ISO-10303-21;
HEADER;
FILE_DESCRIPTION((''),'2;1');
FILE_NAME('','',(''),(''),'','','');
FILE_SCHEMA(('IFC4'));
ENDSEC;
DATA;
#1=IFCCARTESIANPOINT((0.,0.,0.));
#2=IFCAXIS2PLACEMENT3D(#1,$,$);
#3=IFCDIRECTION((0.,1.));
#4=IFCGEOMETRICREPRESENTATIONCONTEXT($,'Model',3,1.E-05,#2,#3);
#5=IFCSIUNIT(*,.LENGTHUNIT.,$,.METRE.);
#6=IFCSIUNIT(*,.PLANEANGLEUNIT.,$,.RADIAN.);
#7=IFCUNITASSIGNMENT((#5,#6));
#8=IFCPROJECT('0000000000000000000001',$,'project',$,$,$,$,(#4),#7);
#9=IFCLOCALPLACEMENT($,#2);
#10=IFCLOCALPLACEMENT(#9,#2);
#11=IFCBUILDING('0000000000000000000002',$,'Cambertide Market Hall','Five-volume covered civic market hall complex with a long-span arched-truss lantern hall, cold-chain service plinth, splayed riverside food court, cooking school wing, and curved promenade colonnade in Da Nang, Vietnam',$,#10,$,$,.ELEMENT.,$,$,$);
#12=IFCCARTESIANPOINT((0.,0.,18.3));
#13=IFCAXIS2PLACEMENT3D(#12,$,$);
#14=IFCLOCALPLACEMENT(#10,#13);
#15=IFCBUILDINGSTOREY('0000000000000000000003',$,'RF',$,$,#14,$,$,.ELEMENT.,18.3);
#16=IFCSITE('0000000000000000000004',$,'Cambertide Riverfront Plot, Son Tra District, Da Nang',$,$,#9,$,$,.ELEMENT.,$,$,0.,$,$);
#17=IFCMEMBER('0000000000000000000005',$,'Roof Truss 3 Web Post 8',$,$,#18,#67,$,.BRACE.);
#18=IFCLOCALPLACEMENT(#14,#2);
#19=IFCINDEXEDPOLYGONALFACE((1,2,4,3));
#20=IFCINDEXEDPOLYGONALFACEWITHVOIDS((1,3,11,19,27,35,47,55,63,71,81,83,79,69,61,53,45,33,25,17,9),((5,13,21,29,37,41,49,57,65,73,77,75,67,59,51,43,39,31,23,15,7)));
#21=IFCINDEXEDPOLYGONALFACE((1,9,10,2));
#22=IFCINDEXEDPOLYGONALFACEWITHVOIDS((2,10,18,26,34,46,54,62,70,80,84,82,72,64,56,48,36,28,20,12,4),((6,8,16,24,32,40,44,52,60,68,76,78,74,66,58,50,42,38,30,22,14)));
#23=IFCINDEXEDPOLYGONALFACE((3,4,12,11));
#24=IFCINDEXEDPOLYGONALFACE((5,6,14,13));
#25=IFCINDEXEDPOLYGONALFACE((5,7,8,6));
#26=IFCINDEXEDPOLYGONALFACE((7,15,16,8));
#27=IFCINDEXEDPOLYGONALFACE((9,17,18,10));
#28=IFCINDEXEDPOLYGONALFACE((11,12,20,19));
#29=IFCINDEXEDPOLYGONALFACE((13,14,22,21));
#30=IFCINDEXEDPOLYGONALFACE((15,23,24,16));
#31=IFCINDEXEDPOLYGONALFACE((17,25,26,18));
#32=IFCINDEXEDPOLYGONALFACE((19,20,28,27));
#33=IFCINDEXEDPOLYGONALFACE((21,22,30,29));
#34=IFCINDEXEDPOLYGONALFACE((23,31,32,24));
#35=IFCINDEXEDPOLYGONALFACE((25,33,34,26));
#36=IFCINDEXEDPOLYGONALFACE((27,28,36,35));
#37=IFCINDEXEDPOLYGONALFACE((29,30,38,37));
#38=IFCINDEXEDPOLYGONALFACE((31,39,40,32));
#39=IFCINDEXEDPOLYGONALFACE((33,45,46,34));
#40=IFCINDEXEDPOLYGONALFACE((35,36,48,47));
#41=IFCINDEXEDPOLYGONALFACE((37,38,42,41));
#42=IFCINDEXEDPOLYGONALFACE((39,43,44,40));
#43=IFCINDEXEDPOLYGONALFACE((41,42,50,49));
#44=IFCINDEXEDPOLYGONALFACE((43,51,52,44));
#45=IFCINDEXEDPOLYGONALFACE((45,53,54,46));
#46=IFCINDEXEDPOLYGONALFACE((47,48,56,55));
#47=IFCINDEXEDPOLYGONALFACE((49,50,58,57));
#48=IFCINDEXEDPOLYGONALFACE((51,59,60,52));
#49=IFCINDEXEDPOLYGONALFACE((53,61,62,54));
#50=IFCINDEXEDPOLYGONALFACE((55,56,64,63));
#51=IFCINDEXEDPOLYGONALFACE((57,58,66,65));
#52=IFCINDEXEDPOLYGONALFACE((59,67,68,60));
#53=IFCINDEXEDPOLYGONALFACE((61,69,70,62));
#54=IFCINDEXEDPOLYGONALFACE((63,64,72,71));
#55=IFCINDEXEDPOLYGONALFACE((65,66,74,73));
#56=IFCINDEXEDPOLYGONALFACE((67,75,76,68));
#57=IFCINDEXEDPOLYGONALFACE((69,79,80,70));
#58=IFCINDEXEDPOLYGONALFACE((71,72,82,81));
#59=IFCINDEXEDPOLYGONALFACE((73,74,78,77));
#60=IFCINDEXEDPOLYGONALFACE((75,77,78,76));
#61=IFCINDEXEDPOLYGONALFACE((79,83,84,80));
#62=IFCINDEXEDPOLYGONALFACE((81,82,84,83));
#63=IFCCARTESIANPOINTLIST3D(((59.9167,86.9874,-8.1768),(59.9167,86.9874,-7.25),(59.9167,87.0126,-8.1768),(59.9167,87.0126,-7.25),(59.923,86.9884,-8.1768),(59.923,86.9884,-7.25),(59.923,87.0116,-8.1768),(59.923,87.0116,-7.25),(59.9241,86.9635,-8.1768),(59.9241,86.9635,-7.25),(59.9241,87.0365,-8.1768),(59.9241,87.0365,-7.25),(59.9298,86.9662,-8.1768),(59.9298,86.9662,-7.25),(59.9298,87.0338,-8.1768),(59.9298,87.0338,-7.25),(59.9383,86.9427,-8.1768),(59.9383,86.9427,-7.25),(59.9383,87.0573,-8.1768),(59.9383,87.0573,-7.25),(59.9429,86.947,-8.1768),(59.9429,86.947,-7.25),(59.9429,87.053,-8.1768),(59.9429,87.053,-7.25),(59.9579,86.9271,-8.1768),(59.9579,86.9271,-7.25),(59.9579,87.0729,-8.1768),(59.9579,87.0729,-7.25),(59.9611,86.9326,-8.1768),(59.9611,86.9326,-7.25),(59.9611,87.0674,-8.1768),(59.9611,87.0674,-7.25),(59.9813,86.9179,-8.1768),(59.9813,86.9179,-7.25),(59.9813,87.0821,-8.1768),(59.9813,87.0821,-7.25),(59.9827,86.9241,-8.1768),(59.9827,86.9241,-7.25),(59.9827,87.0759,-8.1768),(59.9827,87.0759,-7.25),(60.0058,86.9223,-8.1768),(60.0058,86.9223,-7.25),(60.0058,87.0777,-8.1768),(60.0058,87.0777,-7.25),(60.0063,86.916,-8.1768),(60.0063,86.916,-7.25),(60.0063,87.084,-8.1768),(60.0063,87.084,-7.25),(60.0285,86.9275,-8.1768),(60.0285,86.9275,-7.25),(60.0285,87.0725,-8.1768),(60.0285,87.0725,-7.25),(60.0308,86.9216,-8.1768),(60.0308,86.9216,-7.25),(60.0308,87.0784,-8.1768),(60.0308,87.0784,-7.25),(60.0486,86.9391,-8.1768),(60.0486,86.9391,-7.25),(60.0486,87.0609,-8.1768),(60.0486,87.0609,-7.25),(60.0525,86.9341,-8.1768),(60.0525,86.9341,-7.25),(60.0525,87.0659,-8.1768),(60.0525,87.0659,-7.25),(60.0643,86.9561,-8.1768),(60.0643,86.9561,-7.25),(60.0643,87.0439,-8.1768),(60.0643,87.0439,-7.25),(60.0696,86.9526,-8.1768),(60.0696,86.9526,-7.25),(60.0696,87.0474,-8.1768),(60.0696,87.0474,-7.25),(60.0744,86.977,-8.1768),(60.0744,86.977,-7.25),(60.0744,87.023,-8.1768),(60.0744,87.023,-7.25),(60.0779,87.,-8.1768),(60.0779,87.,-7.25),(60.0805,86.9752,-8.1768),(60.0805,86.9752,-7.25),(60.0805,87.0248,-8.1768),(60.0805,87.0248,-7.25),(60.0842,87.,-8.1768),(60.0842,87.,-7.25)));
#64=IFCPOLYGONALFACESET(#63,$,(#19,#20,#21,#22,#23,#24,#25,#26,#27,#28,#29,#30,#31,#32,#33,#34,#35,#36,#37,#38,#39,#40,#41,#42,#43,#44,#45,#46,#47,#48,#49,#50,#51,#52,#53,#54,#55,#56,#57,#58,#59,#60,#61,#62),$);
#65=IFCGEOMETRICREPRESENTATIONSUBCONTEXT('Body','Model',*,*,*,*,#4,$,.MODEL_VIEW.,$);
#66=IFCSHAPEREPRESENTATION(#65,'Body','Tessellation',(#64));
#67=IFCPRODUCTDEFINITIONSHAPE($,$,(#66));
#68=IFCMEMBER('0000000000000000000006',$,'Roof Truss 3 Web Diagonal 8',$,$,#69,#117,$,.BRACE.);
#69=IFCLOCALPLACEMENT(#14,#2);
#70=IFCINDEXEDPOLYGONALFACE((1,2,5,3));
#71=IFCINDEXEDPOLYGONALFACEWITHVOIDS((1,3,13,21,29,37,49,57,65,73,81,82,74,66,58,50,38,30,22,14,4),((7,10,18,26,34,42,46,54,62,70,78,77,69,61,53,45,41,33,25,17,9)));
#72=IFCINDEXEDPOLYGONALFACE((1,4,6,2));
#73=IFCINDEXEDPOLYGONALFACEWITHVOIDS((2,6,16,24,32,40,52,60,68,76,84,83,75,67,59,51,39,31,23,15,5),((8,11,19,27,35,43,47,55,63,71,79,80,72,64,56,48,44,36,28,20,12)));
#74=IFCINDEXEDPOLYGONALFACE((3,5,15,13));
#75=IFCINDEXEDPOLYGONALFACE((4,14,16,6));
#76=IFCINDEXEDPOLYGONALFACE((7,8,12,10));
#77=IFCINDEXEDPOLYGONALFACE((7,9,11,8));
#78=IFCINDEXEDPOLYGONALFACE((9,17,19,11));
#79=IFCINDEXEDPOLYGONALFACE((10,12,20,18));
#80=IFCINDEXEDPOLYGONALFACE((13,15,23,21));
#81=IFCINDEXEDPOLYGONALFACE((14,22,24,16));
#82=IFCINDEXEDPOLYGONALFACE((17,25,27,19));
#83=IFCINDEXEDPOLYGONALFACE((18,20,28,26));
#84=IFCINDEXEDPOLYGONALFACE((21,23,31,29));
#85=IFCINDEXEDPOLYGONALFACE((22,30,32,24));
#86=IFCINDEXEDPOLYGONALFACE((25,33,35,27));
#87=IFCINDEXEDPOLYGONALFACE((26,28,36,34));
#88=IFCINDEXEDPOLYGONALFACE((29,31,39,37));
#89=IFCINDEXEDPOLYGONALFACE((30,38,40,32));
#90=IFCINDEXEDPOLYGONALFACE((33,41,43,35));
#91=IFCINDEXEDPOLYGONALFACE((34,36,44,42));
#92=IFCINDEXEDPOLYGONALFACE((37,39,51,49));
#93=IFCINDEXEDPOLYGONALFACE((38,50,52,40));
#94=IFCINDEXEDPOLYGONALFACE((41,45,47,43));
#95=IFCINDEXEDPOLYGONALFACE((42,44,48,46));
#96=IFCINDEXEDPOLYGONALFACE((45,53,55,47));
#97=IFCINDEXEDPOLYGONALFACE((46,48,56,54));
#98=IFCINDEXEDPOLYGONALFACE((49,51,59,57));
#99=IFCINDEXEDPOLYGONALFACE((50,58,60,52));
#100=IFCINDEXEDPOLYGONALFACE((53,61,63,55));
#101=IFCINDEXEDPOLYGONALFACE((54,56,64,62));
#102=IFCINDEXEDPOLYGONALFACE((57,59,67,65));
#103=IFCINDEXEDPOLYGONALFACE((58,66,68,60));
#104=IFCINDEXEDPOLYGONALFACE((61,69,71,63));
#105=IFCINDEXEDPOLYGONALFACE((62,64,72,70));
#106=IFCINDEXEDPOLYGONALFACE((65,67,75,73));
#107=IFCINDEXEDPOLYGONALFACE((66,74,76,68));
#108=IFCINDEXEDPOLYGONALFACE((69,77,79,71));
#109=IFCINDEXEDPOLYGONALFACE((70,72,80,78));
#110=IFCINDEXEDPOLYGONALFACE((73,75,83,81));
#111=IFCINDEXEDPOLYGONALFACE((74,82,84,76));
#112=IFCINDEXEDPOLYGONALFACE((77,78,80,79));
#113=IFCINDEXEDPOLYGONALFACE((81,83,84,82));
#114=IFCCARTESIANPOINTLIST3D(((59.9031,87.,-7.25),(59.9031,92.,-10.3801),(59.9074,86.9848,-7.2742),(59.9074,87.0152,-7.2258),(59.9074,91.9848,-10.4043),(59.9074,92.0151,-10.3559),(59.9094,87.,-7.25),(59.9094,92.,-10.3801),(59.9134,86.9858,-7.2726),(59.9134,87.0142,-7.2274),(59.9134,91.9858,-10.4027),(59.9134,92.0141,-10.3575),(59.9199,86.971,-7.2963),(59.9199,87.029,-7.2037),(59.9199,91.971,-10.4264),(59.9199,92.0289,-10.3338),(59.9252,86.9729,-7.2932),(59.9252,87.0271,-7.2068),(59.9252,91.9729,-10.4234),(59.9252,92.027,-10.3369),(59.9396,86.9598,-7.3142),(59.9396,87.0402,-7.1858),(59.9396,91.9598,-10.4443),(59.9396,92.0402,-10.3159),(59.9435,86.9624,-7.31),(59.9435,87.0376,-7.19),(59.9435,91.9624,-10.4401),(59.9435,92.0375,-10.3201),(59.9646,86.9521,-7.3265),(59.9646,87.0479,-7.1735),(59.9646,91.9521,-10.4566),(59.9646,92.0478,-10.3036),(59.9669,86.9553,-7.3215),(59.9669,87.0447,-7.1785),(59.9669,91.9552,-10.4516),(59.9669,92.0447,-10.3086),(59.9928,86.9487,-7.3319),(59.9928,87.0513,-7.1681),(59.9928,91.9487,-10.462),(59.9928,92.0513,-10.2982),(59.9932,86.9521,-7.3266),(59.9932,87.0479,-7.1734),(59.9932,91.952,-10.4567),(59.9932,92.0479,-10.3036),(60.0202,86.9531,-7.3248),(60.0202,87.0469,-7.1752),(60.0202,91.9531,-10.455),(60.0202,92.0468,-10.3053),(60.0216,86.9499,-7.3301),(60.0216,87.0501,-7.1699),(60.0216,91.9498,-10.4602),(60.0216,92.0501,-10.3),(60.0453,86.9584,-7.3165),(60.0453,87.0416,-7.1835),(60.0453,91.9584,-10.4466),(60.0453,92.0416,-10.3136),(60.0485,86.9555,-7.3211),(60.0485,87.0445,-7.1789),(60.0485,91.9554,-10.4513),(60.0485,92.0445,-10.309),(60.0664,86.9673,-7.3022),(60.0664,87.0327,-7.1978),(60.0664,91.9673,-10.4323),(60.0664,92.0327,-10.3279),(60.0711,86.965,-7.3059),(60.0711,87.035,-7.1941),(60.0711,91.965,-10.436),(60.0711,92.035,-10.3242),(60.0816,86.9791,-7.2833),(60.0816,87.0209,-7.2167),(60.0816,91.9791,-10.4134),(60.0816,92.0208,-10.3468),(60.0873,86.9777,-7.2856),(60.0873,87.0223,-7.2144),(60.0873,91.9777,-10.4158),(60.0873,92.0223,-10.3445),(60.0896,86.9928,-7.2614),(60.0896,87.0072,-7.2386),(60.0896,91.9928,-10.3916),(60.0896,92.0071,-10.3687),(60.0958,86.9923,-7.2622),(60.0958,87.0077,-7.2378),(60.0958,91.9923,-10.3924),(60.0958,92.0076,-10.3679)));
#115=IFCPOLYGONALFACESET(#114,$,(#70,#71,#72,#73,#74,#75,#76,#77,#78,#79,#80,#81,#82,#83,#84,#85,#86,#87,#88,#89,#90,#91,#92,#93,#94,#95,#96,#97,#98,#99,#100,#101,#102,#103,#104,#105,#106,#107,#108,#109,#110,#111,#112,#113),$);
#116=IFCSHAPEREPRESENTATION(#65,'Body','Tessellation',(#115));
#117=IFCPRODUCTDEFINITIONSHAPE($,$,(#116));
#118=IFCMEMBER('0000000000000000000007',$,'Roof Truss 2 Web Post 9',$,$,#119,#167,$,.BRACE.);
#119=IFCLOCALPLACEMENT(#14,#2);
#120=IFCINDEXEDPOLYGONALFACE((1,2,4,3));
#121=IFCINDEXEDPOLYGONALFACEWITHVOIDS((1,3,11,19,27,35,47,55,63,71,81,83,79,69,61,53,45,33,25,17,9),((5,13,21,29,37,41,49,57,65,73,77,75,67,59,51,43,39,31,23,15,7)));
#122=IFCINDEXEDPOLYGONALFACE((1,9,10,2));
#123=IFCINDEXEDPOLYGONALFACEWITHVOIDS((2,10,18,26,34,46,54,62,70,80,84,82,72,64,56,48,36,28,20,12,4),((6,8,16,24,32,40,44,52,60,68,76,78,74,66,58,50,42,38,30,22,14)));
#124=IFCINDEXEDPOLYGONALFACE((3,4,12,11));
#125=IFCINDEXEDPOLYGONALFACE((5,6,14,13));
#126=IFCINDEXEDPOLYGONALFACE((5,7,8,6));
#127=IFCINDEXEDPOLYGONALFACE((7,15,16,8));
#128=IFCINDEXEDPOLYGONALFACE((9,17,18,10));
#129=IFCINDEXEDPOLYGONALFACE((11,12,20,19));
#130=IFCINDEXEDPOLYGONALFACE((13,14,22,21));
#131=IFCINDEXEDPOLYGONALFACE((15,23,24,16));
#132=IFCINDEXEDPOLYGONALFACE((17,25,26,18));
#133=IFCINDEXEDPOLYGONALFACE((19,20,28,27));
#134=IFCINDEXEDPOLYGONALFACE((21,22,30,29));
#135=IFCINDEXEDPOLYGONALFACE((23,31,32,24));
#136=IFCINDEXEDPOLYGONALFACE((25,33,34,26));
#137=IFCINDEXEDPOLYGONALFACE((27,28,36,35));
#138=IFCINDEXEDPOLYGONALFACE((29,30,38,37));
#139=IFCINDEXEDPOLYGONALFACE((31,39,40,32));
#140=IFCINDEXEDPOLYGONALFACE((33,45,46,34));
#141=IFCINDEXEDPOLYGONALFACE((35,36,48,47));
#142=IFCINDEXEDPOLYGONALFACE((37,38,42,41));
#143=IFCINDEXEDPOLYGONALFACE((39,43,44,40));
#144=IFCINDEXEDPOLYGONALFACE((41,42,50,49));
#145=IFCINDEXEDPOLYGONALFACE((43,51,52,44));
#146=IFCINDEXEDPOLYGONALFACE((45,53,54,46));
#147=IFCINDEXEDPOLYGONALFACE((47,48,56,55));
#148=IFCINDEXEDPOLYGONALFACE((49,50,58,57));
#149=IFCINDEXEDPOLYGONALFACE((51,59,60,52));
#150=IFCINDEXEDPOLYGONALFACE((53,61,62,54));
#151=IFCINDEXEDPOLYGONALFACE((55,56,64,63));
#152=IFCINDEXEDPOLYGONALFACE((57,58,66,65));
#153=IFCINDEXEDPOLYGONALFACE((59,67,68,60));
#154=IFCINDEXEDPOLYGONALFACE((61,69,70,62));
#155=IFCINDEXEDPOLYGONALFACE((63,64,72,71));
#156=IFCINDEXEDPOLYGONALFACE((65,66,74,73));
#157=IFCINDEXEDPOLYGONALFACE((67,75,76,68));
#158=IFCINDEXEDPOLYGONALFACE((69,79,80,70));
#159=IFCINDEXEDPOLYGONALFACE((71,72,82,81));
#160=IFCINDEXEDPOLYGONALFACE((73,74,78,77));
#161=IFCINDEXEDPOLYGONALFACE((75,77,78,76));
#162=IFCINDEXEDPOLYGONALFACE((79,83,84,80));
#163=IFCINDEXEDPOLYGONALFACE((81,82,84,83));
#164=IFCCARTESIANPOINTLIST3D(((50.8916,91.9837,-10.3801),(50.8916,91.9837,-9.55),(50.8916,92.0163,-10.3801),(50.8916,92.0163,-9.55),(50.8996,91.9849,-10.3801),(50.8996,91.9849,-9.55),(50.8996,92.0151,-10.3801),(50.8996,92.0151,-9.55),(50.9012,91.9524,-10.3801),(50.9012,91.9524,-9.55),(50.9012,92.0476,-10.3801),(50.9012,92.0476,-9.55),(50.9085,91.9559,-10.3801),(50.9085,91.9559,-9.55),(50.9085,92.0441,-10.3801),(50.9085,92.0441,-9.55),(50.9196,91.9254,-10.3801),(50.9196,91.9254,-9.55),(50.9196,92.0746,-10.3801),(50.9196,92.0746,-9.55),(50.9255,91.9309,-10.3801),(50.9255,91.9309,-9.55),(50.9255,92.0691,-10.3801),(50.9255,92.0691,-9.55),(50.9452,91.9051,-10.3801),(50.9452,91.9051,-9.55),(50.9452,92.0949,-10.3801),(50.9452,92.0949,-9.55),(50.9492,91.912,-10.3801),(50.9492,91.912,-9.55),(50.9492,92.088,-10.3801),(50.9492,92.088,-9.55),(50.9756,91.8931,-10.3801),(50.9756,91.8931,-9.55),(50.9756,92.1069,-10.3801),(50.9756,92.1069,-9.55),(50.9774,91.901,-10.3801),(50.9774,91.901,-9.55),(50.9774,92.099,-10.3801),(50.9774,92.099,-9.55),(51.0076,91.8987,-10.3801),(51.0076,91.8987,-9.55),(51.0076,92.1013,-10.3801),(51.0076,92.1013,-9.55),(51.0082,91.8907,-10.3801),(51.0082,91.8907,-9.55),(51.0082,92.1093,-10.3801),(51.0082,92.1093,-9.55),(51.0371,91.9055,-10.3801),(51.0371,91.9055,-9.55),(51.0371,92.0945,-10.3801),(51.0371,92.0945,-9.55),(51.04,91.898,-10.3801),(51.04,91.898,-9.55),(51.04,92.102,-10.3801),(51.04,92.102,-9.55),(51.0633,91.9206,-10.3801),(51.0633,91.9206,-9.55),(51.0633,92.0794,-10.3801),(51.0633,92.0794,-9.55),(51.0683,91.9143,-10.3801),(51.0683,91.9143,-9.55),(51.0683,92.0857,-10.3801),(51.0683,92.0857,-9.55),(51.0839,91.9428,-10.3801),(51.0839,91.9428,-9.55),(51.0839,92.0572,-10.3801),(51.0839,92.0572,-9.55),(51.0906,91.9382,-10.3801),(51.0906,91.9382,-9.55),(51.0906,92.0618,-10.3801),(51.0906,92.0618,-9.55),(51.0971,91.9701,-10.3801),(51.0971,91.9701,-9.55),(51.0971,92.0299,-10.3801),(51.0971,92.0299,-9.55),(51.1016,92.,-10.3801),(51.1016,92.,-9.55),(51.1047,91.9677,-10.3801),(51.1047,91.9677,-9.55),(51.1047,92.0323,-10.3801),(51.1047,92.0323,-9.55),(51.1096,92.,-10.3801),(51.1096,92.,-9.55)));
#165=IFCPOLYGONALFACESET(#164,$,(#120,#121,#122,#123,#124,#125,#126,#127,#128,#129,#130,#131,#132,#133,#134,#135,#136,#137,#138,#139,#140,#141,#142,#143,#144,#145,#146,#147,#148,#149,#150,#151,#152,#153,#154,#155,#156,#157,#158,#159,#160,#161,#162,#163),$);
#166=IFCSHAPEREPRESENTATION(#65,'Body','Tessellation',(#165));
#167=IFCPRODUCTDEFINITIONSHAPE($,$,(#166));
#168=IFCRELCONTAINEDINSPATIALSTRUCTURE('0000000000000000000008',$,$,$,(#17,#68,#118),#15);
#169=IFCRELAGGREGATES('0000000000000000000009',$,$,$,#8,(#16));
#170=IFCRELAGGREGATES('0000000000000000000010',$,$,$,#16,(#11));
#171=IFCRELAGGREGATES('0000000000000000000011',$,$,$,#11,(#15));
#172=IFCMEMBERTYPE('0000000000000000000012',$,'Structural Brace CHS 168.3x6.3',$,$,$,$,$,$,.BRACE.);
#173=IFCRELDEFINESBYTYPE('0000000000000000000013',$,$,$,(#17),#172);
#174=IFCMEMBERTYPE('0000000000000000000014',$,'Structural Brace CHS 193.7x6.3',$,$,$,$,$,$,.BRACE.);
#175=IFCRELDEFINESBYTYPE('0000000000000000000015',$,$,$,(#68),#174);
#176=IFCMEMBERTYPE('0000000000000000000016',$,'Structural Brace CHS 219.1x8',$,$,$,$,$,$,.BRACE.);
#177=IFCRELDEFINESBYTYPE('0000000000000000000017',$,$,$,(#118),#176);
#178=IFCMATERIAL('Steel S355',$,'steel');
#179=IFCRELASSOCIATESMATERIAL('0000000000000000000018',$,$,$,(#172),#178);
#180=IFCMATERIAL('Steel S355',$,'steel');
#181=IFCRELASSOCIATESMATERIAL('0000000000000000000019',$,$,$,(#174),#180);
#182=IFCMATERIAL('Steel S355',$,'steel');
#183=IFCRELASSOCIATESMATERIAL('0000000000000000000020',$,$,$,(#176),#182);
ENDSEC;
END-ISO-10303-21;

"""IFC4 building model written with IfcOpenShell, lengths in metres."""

from ifc_helpers import new_model, si_unit, direction, frame, origin, origin_2d, place, context, subcontext, project, spatial, hollow_circle, extrude, material, material_profile, profile_set, type_object, element, save


model = new_model("IFC4")

# Units and contexts
model_context = context("Model", 3, precision=1e-05, world=origin(), true_north=direction((0.0, 1.0)))
body_context = subcontext(model_context, "Body", "Model", "MODEL_VIEW")
ifc_project = project(units=[si_unit("LENGTHUNIT", "METRE"), si_unit("PLANEANGLEUNIT", "RADIAN")], contexts=[model_context])

# Site, building, storey
site_placement = place(None, origin())
site = spatial("IfcSite", under=ifc_project, at=site_placement, Name="Cambertide Riverfront Plot, Son Tra District, Da Nang", CompositionType="ELEMENT", RefElevation=0.0)
building_placement = place(site_placement, origin())
building = spatial("IfcBuilding", under=site, at=building_placement, Name="Cambertide Market Hall", Description="Five-volume covered civic market hall complex with a long-span arched-truss lantern hall, cold-chain service plinth, splayed riverside food court, cooking school wing, and curved promenade colonnade in Da Nang, Vietnam", CompositionType="ELEMENT")
storey_placement = place(building_placement, frame((0.0, 0.0, 18.3)))
storey = spatial("IfcBuildingStorey", under=building, at=storey_placement, Name="RF", CompositionType="ELEMENT", Elevation=18.3)

# Members
ifc_material_1 = material(Name="Steel S355", Category="steel")
ifc_material_profile_1 = material_profile(ifc_material_1, hollow_circle(Radius=0.0842, WallThickness=0.0063, at=origin_2d()), Name="CHS 168.3x6.3")
ifc_profile_set_1 = profile_set([ifc_material_profile_1], Name="Steel S355")
member_type_1 = type_object("IfcMemberType", Name="Structural Brace CHS 168.3x6.3", PredefinedType="BRACE", material=ifc_profile_set_1)
member_1_placement = place(storey_placement, frame((60.0, 87.0, -8.1768), z_axis=(0.0, 0.0, 1.0), x_axis=(1.0, 0.0, 0.0)))
element("IfcMember", 1, at=member_1_placement, inside=storey, type_object=member_type_1, Name="Roof Truss 3 Web Post 8", PredefinedType="BRACE", context=body_context, shape_type="SweptSolid", body=[
    extrude(hollow_circle(Radius=0.0842, WallThickness=0.0063, at=origin_2d()), origin(), (0.0, 0.0, 1.0), 0.9268),
])
ifc_material_2 = material(Name="Steel S355", Category="steel")
ifc_material_profile_2 = material_profile(ifc_material_2, hollow_circle(Radius=0.0969, WallThickness=0.0063, at=origin_2d()), Name="CHS 193.7x6.3")
ifc_profile_set_2 = profile_set([ifc_material_profile_2], Name="Steel S355")
member_type_2 = type_object("IfcMemberType", Name="Structural Brace CHS 193.7x6.3", PredefinedType="BRACE", material=ifc_profile_set_2)
member_2_placement = place(storey_placement, frame((60.0, 87.0, -7.25), z_axis=(0.0, 0.847607, -0.530624), x_axis=(-1.0, 0.0, 0.0)))
element("IfcMember", 2, at=member_2_placement, inside=storey, type_object=member_type_2, Name="Roof Truss 3 Web Diagonal 8", PredefinedType="BRACE", context=body_context, shape_type="SweptSolid", body=[
    extrude(hollow_circle(Radius=0.0969, WallThickness=0.0063, at=origin_2d()), origin(), (0.0, 0.0, 1.0), 5.8989),
])
ifc_material_3 = material(Name="Steel S355", Category="steel")
ifc_material_profile_3 = material_profile(ifc_material_3, hollow_circle(Radius=0.1096, WallThickness=0.0081, at=origin_2d()), Name="CHS 219.1x8")
ifc_profile_set_3 = profile_set([ifc_material_profile_3], Name="Steel S355")
member_type_3 = type_object("IfcMemberType", Name="Structural Brace CHS 219.1x8", PredefinedType="BRACE", material=ifc_profile_set_3)
for number, where, z_axis, x_axis, name in (
    (3, (51.0, 92.0, -10.3801), (0.0, 0.0, 1.0), (1.0, 0.0, 0.0), "Roof Truss 2 Web Post 9"),
):
    element("IfcMember", number, at=place(storey_placement, frame(where, z_axis=z_axis, x_axis=x_axis)), inside=storey, type_object=member_type_3, Name=name, PredefinedType="BRACE", context=body_context, shape_type="SweptSolid", body=[
        extrude(hollow_circle(Radius=0.1096, WallThickness=0.0081, at=origin_2d()), origin(), (0.0, 0.0, 1.0), 0.8301),
    ])

save(model, "model.ifc")
